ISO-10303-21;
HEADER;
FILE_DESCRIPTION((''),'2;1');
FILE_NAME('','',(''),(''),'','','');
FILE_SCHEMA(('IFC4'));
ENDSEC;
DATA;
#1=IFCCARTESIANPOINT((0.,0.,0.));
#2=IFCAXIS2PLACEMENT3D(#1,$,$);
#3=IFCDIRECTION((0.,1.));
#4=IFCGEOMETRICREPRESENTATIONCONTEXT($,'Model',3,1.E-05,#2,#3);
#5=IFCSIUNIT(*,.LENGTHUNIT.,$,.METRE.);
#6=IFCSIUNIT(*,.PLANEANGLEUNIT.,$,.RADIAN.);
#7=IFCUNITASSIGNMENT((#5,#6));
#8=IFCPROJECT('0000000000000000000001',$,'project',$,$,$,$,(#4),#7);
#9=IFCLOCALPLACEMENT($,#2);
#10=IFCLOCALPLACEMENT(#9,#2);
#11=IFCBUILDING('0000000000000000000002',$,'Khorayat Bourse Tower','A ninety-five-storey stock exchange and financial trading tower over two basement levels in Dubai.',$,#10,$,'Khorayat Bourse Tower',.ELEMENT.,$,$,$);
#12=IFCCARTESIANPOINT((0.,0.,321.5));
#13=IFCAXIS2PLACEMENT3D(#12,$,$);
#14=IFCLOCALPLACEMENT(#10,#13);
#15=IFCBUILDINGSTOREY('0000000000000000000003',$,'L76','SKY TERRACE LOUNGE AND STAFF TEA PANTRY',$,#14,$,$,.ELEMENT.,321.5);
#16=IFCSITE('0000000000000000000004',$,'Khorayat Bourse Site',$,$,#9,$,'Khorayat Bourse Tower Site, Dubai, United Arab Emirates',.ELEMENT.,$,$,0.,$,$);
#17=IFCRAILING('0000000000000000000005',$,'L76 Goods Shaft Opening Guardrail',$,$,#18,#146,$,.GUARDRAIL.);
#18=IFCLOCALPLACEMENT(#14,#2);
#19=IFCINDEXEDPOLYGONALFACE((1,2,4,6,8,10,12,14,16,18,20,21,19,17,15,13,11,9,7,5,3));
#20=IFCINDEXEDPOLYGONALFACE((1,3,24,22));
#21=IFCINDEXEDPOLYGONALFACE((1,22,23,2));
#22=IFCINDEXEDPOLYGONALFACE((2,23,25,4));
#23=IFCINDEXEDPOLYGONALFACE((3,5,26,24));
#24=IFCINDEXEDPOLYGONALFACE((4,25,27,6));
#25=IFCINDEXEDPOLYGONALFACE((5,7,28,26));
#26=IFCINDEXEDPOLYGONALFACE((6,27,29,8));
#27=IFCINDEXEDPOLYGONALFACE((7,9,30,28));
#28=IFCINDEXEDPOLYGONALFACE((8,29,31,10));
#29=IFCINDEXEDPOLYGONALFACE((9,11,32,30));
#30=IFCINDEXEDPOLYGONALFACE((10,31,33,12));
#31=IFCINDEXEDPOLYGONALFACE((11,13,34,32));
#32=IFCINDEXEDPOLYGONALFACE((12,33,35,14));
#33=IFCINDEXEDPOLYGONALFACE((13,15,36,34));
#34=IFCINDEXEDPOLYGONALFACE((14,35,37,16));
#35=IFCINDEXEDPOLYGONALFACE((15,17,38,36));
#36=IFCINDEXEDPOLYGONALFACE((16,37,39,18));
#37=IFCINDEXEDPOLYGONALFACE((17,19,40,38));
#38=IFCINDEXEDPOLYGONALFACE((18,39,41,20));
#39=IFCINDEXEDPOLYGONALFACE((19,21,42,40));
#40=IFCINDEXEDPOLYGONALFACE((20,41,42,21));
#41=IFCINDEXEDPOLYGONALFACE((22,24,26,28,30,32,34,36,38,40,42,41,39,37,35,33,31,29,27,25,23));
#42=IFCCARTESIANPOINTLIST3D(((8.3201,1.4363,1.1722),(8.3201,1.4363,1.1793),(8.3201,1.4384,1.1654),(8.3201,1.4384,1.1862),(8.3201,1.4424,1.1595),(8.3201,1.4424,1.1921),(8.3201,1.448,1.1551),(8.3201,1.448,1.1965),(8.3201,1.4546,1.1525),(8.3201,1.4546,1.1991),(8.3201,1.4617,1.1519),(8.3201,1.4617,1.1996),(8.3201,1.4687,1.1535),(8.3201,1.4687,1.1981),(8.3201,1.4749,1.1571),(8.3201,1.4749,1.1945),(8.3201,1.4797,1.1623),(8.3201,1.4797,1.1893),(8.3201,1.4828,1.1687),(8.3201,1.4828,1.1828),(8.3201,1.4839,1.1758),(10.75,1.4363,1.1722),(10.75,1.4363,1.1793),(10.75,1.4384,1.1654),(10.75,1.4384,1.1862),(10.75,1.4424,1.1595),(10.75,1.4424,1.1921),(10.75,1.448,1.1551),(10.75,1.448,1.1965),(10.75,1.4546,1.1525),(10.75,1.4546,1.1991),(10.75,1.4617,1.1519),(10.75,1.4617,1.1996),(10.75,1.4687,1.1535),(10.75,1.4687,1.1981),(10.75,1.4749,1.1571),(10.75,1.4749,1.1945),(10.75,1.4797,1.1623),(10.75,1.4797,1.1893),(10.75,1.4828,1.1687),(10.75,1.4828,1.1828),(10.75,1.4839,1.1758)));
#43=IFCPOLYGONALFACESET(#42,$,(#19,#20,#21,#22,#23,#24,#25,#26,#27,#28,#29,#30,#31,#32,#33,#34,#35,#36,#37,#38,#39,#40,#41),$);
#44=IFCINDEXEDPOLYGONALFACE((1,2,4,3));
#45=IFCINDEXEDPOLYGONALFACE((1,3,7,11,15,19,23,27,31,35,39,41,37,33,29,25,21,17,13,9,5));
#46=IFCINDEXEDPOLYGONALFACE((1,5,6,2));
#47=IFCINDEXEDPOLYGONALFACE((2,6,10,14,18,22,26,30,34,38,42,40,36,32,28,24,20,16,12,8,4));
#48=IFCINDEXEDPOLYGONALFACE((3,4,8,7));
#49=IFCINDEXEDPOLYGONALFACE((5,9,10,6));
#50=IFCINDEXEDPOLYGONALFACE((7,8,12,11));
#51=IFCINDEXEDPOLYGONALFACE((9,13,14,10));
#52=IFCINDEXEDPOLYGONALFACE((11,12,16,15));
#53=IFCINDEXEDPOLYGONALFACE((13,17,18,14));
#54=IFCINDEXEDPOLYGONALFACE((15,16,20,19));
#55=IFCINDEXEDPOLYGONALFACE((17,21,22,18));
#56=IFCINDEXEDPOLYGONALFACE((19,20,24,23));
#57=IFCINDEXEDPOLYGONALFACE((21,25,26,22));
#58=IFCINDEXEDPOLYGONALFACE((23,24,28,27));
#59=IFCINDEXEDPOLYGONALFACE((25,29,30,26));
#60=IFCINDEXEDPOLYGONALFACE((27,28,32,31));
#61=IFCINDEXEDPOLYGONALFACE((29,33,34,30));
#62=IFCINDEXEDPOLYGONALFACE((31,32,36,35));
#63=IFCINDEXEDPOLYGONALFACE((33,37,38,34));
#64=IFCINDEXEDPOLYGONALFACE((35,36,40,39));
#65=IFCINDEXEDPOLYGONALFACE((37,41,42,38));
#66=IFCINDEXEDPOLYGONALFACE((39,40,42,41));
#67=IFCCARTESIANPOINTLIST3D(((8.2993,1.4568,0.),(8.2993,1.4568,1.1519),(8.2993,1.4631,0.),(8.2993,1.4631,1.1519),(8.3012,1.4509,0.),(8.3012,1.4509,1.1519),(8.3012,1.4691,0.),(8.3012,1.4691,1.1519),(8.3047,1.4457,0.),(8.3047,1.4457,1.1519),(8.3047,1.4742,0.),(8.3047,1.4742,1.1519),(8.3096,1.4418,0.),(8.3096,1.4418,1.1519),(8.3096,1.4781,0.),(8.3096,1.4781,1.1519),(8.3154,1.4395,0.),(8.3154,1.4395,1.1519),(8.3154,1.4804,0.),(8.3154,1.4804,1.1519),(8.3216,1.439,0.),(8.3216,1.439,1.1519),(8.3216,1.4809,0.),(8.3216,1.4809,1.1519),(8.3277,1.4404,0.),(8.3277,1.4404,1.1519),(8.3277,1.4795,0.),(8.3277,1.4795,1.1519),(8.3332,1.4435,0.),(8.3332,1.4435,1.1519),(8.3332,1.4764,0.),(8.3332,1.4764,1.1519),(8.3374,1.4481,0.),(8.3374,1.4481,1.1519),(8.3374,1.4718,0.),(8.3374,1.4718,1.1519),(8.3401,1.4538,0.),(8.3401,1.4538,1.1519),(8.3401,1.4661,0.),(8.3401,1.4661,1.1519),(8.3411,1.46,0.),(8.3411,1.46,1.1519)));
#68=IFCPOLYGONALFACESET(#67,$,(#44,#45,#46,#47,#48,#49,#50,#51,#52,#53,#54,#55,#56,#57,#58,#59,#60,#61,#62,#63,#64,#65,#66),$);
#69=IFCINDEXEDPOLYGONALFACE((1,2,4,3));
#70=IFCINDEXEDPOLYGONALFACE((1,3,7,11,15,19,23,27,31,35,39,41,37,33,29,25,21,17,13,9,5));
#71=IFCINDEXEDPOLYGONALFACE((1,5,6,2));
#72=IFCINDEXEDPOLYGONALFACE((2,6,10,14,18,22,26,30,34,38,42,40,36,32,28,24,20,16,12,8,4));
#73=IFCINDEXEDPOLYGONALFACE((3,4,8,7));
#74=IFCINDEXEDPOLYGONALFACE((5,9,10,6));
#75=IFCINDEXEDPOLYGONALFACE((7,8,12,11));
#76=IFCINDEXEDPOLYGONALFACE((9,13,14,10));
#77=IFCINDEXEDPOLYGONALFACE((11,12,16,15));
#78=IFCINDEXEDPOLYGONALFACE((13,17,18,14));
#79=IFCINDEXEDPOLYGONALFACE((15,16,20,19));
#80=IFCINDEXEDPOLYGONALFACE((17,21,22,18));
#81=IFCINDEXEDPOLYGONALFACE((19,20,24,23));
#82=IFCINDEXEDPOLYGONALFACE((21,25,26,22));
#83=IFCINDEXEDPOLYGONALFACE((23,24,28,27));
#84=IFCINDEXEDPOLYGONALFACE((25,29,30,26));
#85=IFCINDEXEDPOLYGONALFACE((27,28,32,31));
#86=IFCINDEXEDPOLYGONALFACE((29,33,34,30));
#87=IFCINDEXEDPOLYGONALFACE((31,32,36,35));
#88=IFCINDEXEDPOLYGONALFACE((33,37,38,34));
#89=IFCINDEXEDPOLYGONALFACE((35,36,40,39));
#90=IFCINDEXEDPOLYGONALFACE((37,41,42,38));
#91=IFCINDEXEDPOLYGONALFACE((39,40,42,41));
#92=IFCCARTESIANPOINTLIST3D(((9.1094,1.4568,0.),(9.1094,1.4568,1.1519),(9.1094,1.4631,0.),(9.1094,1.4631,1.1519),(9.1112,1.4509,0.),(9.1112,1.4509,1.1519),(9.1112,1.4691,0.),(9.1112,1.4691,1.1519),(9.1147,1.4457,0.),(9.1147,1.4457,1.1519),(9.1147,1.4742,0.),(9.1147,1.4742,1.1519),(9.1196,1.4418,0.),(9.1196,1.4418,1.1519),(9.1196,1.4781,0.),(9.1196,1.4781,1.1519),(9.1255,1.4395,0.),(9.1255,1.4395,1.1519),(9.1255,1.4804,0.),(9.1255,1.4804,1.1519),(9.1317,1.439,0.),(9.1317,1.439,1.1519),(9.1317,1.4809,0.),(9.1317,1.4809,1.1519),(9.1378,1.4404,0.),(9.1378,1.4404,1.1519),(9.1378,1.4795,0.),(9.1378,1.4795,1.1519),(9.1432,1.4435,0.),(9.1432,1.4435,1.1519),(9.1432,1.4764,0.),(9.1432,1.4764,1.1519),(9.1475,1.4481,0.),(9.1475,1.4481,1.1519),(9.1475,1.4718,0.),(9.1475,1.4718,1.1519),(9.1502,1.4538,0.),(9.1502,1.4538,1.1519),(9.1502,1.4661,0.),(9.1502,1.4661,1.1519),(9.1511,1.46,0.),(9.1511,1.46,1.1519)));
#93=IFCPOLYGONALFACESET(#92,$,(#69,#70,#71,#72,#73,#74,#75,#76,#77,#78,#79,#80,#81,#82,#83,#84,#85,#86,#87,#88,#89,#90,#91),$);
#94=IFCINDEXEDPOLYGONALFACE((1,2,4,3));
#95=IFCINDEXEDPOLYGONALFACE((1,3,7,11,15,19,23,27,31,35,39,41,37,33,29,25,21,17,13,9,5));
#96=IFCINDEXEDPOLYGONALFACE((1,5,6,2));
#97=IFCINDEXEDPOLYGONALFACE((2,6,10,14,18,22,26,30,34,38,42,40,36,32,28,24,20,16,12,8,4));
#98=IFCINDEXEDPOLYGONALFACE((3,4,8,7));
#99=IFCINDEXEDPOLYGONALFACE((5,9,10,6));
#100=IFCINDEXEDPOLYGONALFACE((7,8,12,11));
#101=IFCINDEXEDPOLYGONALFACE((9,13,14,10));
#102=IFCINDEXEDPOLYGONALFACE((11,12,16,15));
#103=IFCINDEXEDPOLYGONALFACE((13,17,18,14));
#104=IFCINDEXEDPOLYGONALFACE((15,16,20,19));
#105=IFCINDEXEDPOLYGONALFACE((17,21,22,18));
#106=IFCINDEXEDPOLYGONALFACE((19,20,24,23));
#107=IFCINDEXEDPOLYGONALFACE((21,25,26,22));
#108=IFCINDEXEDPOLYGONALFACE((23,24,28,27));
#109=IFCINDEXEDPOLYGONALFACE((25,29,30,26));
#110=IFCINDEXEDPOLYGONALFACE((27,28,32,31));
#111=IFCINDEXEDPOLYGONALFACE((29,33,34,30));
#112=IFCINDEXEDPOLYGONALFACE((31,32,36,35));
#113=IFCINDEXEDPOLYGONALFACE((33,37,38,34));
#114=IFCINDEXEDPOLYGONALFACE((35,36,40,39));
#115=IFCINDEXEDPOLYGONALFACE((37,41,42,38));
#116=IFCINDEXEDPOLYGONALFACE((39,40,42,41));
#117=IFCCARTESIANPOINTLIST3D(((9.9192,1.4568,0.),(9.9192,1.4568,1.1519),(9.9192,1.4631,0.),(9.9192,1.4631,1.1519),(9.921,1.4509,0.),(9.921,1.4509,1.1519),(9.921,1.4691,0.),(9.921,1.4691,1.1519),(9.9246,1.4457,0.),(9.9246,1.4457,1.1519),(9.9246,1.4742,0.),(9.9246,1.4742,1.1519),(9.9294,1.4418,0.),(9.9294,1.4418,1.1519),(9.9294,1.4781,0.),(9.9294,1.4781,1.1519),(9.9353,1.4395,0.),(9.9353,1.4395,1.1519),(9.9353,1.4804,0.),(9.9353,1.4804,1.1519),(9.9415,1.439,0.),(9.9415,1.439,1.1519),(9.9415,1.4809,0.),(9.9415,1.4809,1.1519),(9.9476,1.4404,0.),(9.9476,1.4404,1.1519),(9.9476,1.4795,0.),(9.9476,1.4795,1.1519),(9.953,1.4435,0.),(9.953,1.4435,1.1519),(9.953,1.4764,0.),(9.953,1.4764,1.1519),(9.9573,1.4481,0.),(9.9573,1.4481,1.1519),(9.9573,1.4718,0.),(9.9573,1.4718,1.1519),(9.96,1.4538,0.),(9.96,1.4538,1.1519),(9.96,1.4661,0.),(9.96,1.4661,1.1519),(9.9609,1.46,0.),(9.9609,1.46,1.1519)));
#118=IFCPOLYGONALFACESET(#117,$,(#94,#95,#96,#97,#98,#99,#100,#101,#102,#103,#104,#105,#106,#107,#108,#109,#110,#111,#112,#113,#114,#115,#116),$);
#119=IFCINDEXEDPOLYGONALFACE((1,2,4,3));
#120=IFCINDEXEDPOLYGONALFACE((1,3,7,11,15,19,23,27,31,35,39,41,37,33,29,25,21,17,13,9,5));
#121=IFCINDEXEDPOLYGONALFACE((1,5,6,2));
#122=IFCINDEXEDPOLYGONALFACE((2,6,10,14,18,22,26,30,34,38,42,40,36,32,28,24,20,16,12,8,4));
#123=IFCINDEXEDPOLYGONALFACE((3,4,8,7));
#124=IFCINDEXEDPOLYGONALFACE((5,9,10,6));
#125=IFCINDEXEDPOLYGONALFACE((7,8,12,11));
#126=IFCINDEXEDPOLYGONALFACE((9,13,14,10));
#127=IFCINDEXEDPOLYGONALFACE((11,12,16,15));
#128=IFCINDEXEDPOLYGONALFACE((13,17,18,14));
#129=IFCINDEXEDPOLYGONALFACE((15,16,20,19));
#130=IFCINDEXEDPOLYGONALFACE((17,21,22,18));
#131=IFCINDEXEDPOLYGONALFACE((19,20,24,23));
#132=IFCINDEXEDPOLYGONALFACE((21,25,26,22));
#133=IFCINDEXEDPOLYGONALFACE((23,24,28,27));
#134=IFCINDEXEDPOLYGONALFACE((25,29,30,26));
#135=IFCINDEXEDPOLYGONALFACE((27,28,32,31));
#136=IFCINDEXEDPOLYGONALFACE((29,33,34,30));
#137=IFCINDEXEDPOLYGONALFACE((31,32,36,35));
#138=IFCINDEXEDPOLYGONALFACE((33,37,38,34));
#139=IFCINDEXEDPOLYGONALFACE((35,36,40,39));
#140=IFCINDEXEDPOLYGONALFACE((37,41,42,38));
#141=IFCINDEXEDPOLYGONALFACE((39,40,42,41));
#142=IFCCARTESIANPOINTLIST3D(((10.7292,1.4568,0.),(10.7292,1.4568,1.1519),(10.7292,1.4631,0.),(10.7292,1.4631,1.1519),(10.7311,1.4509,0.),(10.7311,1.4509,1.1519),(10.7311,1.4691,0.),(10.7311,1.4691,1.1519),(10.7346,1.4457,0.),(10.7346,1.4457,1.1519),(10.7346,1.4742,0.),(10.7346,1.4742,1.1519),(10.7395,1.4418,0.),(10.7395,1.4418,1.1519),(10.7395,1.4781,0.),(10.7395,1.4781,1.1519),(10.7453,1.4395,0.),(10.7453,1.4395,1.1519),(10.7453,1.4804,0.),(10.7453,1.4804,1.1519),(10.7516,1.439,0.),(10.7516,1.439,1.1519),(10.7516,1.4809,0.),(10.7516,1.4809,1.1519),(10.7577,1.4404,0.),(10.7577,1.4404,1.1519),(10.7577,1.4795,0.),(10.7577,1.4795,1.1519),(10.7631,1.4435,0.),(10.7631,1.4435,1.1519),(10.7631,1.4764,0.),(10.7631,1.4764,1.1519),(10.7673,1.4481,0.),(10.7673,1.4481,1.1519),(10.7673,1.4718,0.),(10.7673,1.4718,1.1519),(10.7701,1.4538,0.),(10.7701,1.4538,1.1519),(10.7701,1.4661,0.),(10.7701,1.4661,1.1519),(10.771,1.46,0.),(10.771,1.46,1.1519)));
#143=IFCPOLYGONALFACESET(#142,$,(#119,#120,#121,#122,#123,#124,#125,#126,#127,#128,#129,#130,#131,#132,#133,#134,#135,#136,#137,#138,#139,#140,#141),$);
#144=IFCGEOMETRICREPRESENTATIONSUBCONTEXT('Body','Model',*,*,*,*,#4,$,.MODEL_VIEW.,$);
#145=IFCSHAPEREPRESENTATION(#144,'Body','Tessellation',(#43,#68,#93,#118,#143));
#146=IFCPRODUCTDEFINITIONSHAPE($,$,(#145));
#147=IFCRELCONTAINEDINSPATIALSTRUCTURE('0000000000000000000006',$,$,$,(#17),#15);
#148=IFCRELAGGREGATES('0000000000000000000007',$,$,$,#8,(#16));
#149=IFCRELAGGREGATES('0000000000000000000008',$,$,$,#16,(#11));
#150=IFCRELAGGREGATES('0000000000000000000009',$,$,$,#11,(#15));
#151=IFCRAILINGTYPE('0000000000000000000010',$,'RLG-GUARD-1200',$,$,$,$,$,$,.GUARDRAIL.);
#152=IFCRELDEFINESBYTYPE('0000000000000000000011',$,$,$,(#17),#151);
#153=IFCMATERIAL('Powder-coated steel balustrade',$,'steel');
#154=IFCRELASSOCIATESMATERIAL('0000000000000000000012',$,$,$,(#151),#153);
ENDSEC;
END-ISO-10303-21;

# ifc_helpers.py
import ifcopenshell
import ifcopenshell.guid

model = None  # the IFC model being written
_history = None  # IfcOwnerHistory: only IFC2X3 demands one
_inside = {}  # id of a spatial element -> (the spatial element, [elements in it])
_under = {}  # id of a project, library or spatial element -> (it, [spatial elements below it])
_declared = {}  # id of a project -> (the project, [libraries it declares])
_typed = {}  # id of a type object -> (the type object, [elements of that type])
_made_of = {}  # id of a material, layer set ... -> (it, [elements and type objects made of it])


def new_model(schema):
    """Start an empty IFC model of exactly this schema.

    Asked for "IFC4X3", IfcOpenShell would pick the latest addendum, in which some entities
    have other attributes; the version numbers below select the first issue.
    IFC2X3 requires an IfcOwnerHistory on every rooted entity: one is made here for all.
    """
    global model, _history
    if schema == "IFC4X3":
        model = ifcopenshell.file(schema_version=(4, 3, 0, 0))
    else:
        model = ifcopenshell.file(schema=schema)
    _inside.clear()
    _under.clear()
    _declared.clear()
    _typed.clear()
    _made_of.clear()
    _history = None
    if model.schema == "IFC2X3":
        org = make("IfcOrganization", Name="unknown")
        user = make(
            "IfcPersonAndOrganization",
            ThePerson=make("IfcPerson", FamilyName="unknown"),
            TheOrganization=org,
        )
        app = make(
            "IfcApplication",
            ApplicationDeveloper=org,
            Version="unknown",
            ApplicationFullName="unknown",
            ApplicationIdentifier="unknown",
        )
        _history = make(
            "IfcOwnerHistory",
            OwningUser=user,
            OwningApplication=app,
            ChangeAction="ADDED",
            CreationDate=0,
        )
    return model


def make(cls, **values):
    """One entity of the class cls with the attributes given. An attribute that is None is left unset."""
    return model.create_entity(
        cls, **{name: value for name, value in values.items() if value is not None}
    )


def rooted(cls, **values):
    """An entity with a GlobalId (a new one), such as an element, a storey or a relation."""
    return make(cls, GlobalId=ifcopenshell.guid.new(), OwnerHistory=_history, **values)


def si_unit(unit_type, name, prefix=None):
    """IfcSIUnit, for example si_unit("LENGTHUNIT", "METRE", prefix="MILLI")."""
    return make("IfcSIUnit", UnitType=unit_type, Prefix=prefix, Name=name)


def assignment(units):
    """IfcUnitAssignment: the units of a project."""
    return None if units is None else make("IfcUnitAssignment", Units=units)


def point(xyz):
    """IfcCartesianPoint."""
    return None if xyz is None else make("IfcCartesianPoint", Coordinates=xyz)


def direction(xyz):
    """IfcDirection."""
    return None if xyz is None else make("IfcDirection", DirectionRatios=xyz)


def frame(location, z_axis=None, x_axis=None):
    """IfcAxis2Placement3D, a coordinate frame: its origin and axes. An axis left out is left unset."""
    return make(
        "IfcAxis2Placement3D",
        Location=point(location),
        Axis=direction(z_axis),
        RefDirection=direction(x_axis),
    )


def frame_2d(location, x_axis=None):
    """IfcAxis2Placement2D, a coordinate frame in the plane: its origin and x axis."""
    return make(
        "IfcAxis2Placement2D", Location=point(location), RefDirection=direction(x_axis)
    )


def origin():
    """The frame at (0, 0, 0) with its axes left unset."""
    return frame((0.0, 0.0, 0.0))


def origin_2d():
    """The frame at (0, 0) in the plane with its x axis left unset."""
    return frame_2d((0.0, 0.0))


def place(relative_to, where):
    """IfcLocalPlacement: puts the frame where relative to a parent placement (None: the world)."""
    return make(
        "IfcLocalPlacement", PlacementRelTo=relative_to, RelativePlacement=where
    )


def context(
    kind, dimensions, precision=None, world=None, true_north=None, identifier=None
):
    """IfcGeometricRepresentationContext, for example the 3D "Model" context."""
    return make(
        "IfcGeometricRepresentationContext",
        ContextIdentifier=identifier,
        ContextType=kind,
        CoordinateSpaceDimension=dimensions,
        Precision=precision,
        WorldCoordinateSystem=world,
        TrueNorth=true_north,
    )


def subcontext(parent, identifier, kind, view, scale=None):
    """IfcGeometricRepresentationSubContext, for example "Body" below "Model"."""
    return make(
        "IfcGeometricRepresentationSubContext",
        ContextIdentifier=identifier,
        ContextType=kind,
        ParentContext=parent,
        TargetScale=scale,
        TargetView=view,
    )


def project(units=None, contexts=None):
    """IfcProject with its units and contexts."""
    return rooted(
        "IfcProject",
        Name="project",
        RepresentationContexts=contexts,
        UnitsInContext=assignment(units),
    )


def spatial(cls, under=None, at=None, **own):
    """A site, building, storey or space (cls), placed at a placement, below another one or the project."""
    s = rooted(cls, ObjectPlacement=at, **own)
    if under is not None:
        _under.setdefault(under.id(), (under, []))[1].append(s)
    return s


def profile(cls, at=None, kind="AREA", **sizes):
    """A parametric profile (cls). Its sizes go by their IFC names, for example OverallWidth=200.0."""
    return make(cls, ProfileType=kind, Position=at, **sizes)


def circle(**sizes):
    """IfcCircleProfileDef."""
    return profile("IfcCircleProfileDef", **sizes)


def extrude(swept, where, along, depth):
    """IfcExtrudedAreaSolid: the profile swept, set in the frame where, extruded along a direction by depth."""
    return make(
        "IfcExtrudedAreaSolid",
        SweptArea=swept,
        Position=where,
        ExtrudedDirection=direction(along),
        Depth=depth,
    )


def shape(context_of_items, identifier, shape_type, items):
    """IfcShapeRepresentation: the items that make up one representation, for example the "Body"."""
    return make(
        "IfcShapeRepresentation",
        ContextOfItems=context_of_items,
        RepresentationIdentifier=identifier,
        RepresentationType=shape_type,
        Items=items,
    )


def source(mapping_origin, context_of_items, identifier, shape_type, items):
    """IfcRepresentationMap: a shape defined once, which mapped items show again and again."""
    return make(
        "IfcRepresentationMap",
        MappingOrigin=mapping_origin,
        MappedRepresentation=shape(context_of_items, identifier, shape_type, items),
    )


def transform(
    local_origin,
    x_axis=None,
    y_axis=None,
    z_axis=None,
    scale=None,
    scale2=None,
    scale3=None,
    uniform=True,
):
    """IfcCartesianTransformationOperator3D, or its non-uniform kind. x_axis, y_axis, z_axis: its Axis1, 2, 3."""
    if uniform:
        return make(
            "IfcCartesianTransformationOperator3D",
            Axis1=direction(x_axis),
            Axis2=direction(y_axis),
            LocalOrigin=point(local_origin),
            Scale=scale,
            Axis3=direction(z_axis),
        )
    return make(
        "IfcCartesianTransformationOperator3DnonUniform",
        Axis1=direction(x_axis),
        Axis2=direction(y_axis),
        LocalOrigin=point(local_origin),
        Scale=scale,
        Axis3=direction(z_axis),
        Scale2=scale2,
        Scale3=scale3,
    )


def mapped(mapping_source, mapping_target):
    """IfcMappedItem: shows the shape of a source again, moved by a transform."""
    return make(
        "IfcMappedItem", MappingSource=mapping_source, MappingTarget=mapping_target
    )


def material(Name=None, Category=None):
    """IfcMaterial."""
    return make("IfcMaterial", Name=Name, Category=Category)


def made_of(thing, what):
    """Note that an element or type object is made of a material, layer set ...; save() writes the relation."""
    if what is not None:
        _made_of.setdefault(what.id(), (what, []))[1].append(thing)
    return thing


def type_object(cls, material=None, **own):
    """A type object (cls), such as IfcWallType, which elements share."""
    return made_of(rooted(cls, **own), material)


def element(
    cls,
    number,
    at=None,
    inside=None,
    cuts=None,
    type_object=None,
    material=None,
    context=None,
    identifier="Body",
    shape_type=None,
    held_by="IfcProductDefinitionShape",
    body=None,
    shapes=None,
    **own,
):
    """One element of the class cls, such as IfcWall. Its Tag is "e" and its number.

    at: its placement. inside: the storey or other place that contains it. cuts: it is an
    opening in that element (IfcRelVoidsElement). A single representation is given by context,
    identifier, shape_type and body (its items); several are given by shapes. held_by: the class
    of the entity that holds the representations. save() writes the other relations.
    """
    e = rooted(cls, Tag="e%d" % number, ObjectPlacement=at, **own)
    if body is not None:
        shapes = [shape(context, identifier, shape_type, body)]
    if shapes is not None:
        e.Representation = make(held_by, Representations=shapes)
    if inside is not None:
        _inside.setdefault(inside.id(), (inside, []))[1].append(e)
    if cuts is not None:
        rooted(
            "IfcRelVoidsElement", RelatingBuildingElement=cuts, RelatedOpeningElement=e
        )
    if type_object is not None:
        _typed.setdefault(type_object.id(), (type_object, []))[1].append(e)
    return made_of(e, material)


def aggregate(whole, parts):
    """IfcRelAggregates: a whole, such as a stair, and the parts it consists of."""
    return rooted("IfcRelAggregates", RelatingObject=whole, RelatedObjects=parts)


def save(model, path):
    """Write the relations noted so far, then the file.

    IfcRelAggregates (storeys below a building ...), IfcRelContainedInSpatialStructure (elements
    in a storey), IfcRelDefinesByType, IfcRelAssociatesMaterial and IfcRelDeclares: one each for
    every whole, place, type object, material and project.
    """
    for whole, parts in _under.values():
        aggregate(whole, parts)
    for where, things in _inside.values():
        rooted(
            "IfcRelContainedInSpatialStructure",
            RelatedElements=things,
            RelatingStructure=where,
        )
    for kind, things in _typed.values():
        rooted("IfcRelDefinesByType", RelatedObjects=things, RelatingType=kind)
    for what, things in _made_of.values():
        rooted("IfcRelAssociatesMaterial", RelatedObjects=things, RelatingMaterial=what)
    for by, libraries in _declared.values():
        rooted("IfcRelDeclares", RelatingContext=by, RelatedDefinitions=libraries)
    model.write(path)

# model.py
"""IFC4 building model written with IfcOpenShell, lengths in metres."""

from ifc_helpers import new_model, si_unit, direction, frame, origin, origin_2d, place, context, subcontext, project, spatial, circle, extrude, source, transform, mapped, material, type_object, element, save


model = new_model("IFC4")

# Units and contexts
model_context = context("Model", 3, precision=1e-05, world=origin(), true_north=direction((0.0, 1.0)))
body_context = subcontext(model_context, "Body", "Model", "MODEL_VIEW")
ifc_project = project(units=[si_unit("LENGTHUNIT", "METRE"), si_unit("PLANEANGLEUNIT", "RADIAN")], contexts=[model_context])

# Site, building, storey
site_placement = place(None, origin())
site = spatial("IfcSite", under=ifc_project, at=site_placement, Name="Khorayat Bourse Site", LongName="Khorayat Bourse Tower Site, Dubai, United Arab Emirates", CompositionType="ELEMENT", RefElevation=0.0)
building_placement = place(site_placement, origin())
building = spatial("IfcBuilding", under=site, at=building_placement, Name="Khorayat Bourse Tower", Description="A ninety-five-storey stock exchange and financial trading tower over two basement levels in Dubai.", LongName="Khorayat Bourse Tower", CompositionType="ELEMENT")
storey_placement = place(building_placement, frame((0.0, 0.0, 321.5)))
storey = spatial("IfcBuildingStorey", under=building, at=storey_placement, Name="L76", Description="SKY TERRACE LOUNGE AND STAFF TEA PANTRY", CompositionType="ELEMENT", Elevation=321.5)

# Railing
ifc_material_1 = material(Name="Powder-coated steel balustrade", Category="steel")
railing_type = type_object("IfcRailingType", Name="RLG-GUARD-1200", PredefinedType="GUARDRAIL", material=ifc_material_1)
shared_shape_1 = source(origin(), body_context, "Body", "SweptSolid", [
    extrude(circle(Radius=0.0239, at=origin_2d()), frame((0.0, 0.0, 1.1758), z_axis=(1.0, 0.0, 0.0), x_axis=(0.0, 1.0, 0.0)), (0.0, 0.0, 1.0), 2.4299),
    extrude(circle(Radius=0.021, at=origin_2d()), origin(), (0.0, 0.0, 1.0), 1.1519),
    extrude(circle(Radius=0.021, at=origin_2d()), frame((0.8101, 0.0, 0.0)), (0.0, 0.0, 1.0), 1.1519),
    extrude(circle(Radius=0.021, at=origin_2d()), frame((1.6199, 0.0, 0.0)), (0.0, 0.0, 1.0), 1.1519),
    extrude(circle(Radius=0.021, at=origin_2d()), frame((2.4299, 0.0, 0.0)), (0.0, 0.0, 1.0), 1.1519),
])
railing_placement = place(storey_placement, frame((8.3201, 1.46, 0.0)))
element("IfcRailing", 1, at=railing_placement, inside=storey, type_object=railing_type, Name="L76 Goods Shaft Opening Guardrail", PredefinedType="GUARDRAIL", context=body_context, shape_type="MappedRepresentation", body=[
    mapped(shared_shape_1, transform((0.0, 0.0, 0.0), scale=1.0)),
])

save(model, "model.ifc")
